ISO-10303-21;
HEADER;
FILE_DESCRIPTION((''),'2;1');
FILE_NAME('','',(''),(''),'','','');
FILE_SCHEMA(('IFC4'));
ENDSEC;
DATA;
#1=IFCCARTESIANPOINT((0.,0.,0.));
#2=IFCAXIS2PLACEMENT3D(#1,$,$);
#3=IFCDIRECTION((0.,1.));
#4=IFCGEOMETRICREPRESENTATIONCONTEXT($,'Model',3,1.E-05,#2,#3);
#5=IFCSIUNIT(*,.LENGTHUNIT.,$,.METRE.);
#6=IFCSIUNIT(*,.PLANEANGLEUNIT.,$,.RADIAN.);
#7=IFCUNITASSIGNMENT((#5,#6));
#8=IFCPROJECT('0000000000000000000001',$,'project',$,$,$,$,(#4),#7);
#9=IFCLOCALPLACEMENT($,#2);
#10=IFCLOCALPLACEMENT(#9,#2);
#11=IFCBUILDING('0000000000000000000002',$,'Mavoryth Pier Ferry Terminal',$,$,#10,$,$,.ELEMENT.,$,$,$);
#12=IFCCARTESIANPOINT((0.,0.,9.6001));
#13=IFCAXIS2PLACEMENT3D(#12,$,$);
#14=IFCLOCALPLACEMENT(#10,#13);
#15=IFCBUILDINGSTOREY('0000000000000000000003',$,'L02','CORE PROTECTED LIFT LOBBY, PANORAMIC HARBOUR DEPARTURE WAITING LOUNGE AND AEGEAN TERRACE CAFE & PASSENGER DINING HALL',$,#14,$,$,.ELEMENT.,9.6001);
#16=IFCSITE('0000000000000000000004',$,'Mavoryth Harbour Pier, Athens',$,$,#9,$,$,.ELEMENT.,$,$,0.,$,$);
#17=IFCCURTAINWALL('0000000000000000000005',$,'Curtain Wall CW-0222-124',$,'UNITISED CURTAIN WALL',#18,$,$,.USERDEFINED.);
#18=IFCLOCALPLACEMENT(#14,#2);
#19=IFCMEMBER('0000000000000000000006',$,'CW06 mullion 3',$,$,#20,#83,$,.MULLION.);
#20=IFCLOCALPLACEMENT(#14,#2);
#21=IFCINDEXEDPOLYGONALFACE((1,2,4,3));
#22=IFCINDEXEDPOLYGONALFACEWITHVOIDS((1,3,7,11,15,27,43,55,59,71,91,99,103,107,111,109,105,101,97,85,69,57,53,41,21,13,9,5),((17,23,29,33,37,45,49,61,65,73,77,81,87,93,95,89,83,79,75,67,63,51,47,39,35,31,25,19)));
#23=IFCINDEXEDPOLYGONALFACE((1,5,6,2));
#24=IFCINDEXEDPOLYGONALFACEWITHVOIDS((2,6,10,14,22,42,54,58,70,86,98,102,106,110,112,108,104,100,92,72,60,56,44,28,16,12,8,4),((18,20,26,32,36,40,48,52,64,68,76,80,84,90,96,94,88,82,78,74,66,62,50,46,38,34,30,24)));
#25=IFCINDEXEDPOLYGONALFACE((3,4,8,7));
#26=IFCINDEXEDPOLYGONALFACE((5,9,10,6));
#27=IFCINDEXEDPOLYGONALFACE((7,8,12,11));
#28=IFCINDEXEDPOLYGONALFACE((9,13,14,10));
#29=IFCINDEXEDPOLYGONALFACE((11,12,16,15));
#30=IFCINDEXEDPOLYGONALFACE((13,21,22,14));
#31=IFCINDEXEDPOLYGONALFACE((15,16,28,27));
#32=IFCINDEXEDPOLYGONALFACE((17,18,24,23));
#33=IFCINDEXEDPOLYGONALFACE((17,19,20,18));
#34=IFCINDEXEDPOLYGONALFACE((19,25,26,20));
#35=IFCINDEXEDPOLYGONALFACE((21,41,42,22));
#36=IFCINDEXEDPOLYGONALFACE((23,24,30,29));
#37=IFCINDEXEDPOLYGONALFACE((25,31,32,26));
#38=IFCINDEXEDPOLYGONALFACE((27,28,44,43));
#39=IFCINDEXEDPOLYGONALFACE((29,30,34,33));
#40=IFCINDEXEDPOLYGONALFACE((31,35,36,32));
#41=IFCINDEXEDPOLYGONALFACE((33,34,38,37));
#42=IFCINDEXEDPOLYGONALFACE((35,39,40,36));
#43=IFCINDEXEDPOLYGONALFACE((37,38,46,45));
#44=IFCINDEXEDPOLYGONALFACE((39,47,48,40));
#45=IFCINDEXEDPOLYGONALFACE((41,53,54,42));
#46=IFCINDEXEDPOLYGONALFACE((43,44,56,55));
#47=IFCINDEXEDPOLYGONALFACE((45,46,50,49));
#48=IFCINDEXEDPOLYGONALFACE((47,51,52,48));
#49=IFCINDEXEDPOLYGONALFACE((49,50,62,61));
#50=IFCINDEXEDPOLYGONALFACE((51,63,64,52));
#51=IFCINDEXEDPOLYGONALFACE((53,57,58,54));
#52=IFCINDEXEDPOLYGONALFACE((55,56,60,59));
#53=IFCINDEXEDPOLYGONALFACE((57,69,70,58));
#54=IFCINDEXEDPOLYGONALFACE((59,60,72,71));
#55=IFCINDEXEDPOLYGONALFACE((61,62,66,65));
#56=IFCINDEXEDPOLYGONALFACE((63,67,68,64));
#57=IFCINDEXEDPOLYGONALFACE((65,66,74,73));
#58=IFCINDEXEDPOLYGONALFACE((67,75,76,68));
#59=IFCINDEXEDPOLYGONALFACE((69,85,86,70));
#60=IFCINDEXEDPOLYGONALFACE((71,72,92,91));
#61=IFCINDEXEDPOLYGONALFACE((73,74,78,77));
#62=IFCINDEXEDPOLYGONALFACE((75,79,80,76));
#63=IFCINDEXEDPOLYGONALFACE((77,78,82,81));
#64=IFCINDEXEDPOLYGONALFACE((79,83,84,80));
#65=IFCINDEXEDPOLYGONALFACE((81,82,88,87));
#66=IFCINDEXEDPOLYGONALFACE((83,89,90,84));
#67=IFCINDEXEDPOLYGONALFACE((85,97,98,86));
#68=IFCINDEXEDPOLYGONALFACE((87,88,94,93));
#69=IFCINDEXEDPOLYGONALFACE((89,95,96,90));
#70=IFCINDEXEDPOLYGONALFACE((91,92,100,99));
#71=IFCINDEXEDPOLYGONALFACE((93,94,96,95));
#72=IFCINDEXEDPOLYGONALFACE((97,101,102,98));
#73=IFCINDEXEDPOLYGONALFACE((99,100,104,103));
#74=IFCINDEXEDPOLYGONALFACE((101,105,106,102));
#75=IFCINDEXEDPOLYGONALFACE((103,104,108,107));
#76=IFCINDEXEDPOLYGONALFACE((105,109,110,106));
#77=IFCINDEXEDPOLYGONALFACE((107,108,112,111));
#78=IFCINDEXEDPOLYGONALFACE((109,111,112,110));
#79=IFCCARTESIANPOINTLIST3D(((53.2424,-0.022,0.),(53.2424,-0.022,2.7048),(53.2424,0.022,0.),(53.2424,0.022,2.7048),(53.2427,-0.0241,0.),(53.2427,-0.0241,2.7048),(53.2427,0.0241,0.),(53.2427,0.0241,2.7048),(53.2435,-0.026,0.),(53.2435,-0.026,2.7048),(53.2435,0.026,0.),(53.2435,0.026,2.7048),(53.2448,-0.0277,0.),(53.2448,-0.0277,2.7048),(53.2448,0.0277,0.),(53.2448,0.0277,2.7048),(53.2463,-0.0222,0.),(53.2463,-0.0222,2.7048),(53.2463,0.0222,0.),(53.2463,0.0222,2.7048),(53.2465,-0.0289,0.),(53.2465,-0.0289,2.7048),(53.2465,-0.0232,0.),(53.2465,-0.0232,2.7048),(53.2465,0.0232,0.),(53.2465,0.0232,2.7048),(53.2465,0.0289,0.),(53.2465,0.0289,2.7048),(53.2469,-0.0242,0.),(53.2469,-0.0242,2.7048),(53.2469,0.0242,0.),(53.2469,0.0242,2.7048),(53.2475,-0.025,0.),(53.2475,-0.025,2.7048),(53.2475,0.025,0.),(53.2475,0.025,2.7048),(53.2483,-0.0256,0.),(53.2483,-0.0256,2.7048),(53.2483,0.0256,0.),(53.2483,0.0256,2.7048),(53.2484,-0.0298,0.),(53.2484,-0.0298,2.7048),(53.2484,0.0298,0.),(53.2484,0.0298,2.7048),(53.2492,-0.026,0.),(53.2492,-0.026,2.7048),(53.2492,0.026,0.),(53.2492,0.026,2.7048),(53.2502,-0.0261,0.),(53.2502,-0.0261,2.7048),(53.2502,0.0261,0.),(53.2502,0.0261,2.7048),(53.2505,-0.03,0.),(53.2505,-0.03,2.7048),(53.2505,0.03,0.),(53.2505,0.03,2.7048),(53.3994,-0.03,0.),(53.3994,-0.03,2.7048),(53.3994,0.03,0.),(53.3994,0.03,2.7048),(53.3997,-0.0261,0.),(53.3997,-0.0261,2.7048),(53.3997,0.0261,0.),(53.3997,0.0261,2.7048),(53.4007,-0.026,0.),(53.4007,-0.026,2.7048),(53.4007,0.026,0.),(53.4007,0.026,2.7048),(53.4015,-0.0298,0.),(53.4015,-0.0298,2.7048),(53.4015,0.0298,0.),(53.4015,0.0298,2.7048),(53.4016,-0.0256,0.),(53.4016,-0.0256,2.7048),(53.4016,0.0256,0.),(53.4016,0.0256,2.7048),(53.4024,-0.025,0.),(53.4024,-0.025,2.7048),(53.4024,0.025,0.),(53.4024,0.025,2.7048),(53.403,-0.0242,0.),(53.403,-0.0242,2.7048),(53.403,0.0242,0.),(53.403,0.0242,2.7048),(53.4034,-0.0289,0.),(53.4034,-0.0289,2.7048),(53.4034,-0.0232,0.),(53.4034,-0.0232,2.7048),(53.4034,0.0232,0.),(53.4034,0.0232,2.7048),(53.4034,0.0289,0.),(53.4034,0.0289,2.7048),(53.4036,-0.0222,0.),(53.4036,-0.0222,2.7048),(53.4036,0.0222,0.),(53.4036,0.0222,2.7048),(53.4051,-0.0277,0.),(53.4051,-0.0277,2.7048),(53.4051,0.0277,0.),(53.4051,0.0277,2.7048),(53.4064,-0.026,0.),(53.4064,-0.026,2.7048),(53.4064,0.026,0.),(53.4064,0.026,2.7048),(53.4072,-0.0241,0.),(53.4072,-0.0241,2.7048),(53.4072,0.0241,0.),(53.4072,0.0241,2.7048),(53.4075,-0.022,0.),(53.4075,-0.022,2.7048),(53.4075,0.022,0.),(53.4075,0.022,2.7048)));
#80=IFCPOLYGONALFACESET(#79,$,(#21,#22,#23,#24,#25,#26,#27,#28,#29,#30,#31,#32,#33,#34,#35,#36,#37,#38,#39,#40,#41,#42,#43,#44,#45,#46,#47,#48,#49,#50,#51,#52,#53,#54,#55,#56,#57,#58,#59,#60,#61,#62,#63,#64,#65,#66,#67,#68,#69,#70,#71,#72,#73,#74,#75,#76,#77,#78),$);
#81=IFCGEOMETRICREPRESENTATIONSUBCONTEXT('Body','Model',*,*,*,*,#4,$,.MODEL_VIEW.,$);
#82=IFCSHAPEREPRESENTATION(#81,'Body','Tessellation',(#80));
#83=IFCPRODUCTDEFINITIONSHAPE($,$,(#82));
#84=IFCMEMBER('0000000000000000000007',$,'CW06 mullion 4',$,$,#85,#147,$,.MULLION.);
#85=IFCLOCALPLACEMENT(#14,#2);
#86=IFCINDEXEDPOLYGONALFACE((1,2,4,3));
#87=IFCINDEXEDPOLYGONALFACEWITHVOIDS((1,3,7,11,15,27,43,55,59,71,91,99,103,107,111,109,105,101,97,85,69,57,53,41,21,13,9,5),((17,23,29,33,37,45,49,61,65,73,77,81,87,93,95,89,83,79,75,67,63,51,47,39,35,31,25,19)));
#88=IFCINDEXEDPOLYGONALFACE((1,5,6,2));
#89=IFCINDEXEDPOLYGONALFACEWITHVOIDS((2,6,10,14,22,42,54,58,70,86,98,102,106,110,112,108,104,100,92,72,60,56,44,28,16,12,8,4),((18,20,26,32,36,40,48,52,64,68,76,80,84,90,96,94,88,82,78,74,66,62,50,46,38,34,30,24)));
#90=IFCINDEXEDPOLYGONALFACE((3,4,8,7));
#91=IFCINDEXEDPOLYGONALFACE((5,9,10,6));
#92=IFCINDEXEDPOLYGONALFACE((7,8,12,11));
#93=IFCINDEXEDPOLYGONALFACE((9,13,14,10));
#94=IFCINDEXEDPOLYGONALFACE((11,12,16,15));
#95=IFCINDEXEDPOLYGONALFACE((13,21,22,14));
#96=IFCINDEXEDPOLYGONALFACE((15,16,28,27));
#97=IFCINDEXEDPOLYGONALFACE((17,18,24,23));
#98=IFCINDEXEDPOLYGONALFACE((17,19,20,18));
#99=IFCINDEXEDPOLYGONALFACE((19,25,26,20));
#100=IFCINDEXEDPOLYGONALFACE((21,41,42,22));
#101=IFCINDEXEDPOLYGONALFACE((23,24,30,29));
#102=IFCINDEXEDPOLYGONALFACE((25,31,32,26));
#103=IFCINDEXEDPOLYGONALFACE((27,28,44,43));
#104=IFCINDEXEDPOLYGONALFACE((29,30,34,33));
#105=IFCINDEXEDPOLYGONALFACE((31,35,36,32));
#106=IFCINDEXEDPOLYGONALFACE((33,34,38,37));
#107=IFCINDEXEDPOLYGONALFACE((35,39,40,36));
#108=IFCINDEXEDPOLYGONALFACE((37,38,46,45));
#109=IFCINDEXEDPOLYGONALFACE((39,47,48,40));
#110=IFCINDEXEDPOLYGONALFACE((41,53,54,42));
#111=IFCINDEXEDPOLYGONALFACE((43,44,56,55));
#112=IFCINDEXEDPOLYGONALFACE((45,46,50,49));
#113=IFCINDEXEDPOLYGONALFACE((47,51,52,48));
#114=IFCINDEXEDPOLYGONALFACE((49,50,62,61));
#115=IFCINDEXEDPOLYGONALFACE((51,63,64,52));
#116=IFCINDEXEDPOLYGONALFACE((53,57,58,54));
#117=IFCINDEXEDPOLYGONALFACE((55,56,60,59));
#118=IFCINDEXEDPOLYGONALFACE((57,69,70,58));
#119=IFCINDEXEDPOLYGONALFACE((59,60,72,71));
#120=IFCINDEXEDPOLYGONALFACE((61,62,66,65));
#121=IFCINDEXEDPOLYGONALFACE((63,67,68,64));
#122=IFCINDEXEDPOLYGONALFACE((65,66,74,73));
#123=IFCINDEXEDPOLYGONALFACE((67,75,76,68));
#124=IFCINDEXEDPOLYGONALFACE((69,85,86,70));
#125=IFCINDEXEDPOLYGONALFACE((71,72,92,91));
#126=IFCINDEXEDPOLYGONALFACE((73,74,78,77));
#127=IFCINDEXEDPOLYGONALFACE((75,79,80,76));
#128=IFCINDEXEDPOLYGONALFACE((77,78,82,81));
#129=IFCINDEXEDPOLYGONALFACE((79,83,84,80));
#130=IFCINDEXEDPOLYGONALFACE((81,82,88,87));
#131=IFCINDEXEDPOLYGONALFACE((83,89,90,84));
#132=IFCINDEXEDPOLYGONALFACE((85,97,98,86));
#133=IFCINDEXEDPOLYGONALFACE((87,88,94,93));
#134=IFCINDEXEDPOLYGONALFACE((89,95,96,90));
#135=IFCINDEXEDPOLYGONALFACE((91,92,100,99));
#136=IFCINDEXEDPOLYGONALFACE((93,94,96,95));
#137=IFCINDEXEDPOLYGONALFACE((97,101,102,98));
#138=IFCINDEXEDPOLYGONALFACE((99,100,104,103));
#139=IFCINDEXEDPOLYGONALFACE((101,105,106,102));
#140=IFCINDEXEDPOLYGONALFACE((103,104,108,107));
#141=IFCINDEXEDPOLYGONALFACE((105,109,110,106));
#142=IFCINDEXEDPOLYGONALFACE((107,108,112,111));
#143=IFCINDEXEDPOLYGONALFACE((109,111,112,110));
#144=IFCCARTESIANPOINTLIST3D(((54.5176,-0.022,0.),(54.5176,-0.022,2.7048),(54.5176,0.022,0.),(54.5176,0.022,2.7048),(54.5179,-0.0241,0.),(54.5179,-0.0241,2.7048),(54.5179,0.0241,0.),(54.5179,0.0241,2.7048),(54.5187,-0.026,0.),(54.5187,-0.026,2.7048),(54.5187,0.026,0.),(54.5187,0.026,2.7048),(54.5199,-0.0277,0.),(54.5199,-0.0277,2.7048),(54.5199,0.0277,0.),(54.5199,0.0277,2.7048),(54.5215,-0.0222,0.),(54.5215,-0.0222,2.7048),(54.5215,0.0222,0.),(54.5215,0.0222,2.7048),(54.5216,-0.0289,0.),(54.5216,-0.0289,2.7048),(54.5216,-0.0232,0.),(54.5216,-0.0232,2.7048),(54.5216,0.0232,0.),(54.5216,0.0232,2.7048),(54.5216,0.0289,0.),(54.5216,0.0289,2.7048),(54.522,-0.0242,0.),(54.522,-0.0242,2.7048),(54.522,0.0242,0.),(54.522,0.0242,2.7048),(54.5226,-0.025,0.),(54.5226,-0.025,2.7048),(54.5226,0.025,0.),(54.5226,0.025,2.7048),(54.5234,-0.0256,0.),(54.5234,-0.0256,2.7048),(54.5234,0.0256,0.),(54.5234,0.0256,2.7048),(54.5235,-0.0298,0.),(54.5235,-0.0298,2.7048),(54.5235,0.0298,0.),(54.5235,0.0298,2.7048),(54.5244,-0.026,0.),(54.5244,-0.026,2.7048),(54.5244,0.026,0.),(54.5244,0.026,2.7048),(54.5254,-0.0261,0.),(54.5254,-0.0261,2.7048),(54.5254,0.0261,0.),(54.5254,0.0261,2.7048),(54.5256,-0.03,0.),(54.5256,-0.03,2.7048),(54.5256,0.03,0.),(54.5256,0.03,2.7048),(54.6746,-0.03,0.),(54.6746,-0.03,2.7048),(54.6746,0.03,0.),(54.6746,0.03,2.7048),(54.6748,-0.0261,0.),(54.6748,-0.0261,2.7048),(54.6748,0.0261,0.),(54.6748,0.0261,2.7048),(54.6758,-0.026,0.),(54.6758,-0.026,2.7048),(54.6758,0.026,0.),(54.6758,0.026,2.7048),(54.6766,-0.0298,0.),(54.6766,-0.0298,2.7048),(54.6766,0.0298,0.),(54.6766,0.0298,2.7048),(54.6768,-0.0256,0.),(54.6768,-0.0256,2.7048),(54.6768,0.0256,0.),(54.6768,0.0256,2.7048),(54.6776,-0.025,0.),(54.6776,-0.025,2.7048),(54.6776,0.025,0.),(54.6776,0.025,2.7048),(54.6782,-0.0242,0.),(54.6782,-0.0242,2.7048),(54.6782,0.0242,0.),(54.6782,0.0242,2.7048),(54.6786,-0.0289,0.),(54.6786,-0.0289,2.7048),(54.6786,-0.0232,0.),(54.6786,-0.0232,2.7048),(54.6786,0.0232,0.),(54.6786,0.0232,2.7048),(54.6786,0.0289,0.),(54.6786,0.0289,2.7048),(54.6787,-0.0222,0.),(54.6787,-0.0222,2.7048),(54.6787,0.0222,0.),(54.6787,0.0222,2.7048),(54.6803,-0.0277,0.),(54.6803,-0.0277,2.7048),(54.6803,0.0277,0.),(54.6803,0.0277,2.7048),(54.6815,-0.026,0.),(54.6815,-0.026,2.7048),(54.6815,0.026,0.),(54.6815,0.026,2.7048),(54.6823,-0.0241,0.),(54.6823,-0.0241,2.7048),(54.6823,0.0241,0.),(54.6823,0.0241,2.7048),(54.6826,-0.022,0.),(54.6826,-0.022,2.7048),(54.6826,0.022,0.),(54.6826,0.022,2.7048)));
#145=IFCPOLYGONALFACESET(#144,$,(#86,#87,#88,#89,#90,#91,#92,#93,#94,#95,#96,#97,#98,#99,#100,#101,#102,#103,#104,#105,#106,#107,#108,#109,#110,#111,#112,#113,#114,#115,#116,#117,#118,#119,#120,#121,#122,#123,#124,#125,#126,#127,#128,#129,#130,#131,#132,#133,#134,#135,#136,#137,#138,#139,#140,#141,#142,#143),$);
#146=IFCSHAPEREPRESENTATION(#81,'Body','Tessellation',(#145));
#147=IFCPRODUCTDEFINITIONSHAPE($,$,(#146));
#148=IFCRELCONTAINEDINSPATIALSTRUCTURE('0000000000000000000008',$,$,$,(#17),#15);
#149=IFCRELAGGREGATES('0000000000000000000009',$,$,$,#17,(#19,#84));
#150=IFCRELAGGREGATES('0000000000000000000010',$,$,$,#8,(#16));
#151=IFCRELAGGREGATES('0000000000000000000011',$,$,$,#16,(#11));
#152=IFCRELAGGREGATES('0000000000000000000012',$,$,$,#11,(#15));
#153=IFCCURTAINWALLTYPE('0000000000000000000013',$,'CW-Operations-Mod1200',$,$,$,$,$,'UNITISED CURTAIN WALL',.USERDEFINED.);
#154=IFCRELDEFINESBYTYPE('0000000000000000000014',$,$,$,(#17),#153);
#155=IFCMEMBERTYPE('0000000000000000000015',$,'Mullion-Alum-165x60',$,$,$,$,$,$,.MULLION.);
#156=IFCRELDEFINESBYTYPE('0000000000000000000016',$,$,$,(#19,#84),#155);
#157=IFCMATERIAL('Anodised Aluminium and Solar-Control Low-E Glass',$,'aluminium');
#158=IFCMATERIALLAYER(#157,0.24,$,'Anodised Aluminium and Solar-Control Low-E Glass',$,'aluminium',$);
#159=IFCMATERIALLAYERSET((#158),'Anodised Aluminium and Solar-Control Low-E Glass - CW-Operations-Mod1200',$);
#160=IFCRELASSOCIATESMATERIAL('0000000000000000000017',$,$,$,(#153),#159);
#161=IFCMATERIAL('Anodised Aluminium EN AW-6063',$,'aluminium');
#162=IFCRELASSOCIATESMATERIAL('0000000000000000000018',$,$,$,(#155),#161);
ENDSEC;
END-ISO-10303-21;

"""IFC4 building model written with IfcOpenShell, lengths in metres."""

from ifc_helpers import new_model, si_unit, direction, frame, origin, origin_2d, place, context, subcontext, project, spatial, hollow_rectangle, extrude, material, layer, layer_set, material_profile, profile_set, type_object, element, aggregate, save


model = new_model("IFC4")

# Units and contexts
model_context = context("Model", 3, precision=1e-05, world=origin(), true_north=direction((0.0, 1.0)))
body_context = subcontext(model_context, "Body", "Model", "MODEL_VIEW")
ifc_project = project(units=[si_unit("LENGTHUNIT", "METRE"), si_unit("PLANEANGLEUNIT", "RADIAN")], contexts=[model_context])

# Site, building, storey
site_placement = place(None, origin())
site = spatial("IfcSite", under=ifc_project, at=site_placement, Name="Mavoryth Harbour Pier, Athens", CompositionType="ELEMENT", RefElevation=0.0)
building_placement = place(site_placement, origin())
building = spatial("IfcBuilding", under=site, at=building_placement, Name="Mavoryth Pier Ferry Terminal", CompositionType="ELEMENT")
storey_placement = place(building_placement, frame((0.0, 0.0, 9.6001)))
storey = spatial("IfcBuildingStorey", under=building, at=storey_placement, Name="L02", Description="CORE PROTECTED LIFT LOBBY, PANORAMIC HARBOUR DEPARTURE WAITING LOUNGE AND AEGEAN TERRACE CAFE & PASSENGER DINING HALL", CompositionType="ELEMENT", Elevation=9.6001)

# Curtain wall, members
ifc_material_1 = material(Name="Anodised Aluminium and Solar-Control Low-E Glass", Category="aluminium")
ifc_layer_1 = layer(ifc_material_1, 0.24, Name="Anodised Aluminium and Solar-Control Low-E Glass", Category="aluminium")
ifc_layer_set_1 = layer_set([ifc_layer_1], Name="Anodised Aluminium and Solar-Control Low-E Glass - CW-Operations-Mod1200")
curtain_wall_type = type_object("IfcCurtainWallType", Name="CW-Operations-Mod1200", ElementType="UNITISED CURTAIN WALL", PredefinedType="USERDEFINED", material=ifc_layer_set_1)
curtain_wall_placement = place(storey_placement, origin())
curtain_wall = element("IfcCurtainWall", 1, at=curtain_wall_placement, inside=storey, type_object=curtain_wall_type, Name="Curtain Wall CW-0222-124", ObjectType="UNITISED CURTAIN WALL", PredefinedType="USERDEFINED")
ifc_material_2 = material(Name="Anodised Aluminium EN AW-6063", Category="aluminium")
ifc_material_profile_1 = material_profile(ifc_material_2, hollow_rectangle(XDim=0.0601, YDim=0.165, WallThickness=0.0039, InnerFilletRadius=0.0039, OuterFilletRadius=0.0081, at=origin_2d()), Name="AL-MULL 165x60x4", Category="aluminium")
ifc_profile_set_1 = profile_set([ifc_material_profile_1], Name="Anodised Aluminium EN AW-6063 - AL-MULL 165x60x4")
member_type_1 = type_object("IfcMemberType", Name="Mullion-Alum-165x60", PredefinedType="MULLION", material=ifc_profile_set_1)
member_1_placement = place(storey_placement, frame((53.325, 0.0, 0.0), z_axis=(0.0, 0.0, 1.0), x_axis=(0.0, 1.0, 0.0)))
member_1 = element("IfcMember", 2, at=member_1_placement, type_object=member_type_1, Name="CW06 mullion 3", PredefinedType="MULLION", context=body_context, shape_type="SweptSolid", body=[
    extrude(hollow_rectangle(XDim=0.0601, YDim=0.165, WallThickness=0.0039, InnerFilletRadius=0.0039, OuterFilletRadius=0.0081, at=origin_2d()), origin(), (0.0, 0.0, 1.0), 2.7048),
])
member_2_placement = place(storey_placement, frame((54.6001, 0.0, 0.0), z_axis=(0.0, 0.0, 1.0), x_axis=(0.0, 1.0, 0.0)))
member_2 = element("IfcMember", 3, at=member_2_placement, type_object=member_type_1, Name="CW06 mullion 4", PredefinedType="MULLION", context=body_context, shape_type="SweptSolid", body=[
    extrude(hollow_rectangle(XDim=0.0601, YDim=0.165, WallThickness=0.0039, InnerFilletRadius=0.0039, OuterFilletRadius=0.0081, at=origin_2d()), origin(), (0.0, 0.0, 1.0), 2.7048),
])

aggregate(curtain_wall, [member_1, member_2])

save(model, "model.ifc")
